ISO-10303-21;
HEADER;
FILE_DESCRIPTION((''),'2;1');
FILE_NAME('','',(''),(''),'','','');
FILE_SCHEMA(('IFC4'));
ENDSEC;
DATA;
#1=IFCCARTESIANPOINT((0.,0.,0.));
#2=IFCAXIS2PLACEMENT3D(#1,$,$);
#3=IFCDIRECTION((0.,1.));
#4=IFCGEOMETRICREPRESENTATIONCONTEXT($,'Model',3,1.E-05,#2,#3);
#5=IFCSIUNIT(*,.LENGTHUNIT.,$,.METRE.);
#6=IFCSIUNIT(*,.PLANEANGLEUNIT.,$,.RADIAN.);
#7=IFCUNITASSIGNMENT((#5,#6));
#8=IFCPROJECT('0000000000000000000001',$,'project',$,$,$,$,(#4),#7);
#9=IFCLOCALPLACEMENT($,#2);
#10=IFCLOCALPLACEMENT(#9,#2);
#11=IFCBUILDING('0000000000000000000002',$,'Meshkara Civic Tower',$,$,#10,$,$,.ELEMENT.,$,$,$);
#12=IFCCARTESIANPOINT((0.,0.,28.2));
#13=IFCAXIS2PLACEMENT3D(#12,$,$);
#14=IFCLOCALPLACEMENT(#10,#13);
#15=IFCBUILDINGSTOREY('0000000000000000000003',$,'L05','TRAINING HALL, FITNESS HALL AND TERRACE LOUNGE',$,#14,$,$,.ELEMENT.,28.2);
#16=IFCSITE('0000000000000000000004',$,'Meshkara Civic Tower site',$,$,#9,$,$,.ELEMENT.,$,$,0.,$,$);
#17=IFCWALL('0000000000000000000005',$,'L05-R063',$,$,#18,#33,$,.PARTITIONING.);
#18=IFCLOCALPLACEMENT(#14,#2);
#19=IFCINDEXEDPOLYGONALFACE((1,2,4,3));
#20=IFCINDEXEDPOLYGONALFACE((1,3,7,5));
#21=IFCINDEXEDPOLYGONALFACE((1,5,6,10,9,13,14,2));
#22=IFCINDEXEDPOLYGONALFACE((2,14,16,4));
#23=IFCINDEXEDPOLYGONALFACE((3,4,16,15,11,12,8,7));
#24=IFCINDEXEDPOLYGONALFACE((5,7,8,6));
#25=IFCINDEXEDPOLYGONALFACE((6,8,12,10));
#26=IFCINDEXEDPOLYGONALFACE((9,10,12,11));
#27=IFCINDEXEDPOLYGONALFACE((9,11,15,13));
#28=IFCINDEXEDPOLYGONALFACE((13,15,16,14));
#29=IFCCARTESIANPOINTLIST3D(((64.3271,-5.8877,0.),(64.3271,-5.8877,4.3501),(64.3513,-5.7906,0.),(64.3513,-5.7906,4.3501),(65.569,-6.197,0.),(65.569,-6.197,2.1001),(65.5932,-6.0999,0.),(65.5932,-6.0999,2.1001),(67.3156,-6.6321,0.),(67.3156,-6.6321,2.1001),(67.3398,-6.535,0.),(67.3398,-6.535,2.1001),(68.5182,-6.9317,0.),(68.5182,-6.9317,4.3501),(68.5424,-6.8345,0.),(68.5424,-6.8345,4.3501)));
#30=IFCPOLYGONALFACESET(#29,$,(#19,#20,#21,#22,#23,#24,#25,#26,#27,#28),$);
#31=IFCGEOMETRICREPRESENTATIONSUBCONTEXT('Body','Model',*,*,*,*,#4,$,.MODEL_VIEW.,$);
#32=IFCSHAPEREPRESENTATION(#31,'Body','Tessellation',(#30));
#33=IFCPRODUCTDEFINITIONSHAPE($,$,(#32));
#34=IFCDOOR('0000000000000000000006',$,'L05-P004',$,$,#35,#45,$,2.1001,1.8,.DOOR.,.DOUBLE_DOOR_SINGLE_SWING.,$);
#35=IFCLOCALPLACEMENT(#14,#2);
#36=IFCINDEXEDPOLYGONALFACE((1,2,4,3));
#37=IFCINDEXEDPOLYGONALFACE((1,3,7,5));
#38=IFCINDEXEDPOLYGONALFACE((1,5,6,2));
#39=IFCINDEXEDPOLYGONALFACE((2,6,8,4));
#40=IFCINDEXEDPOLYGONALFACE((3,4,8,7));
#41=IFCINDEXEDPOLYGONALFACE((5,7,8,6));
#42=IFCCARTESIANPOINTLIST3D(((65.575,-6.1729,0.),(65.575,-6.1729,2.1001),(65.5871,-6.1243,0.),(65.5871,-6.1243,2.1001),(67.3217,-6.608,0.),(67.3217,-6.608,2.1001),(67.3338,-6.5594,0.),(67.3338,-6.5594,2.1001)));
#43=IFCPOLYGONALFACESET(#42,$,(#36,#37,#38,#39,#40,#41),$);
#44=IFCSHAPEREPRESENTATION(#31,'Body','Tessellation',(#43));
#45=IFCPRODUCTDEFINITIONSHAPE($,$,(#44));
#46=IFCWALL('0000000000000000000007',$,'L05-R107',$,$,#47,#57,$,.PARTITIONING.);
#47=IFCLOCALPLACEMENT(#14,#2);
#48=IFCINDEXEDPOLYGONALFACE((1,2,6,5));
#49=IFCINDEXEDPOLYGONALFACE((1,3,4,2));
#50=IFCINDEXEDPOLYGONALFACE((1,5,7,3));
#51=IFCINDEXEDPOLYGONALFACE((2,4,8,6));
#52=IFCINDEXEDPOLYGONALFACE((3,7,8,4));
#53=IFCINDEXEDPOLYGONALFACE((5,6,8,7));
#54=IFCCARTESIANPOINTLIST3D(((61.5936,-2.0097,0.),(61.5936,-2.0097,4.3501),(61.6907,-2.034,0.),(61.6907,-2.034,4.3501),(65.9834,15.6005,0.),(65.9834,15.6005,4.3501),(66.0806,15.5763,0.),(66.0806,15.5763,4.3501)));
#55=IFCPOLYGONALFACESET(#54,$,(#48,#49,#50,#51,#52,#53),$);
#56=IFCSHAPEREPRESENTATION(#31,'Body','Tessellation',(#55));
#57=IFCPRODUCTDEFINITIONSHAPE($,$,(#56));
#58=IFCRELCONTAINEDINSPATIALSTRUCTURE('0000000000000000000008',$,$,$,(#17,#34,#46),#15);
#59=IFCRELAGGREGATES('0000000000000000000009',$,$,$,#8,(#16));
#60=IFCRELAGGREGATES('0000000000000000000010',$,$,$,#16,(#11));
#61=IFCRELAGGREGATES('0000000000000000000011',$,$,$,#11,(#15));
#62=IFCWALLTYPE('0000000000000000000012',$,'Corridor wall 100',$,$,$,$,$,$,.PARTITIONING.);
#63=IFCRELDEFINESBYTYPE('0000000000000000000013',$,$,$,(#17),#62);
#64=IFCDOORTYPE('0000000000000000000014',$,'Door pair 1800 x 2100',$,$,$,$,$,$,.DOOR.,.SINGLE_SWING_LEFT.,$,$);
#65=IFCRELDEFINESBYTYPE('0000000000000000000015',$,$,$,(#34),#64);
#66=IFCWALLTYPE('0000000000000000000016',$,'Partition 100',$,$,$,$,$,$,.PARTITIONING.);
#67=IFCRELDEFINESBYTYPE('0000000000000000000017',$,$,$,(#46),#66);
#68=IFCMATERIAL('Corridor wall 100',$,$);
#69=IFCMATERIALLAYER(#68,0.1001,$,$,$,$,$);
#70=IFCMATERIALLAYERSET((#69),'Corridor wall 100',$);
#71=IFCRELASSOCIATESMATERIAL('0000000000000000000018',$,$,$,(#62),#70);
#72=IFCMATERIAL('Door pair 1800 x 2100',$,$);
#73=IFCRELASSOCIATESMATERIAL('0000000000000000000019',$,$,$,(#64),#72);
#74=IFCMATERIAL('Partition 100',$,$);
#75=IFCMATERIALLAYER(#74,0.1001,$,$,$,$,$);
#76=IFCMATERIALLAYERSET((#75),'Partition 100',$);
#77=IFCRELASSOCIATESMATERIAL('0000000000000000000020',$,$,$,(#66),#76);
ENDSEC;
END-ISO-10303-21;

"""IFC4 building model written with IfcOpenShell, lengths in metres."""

from ifc_helpers import new_model, si_unit, direction, frame, frame_2d, origin, place, context, subcontext, project, spatial, rectangle, extrude, material, layer, layer_set, type_object, element, fill, save


model = new_model("IFC4")

# Units and contexts
model_context = context("Model", 3, precision=1e-05, world=origin(), true_north=direction((0.0, 1.0)))
body_context = subcontext(model_context, "Body", "Model", "MODEL_VIEW")
ifc_project = project(units=[si_unit("LENGTHUNIT", "METRE"), si_unit("PLANEANGLEUNIT", "RADIAN")], contexts=[model_context])

# Site, building, storey
site_placement = place(None, origin())
site = spatial("IfcSite", under=ifc_project, at=site_placement, Name="Meshkara Civic Tower site", CompositionType="ELEMENT", RefElevation=0.0)
building_placement = place(site_placement, origin())
building = spatial("IfcBuilding", under=site, at=building_placement, Name="Meshkara Civic Tower", CompositionType="ELEMENT")
storey_placement = place(building_placement, frame((0.0, 0.0, 28.2)))
storey = spatial("IfcBuildingStorey", under=building, at=storey_placement, Name="L05", Description="TRAINING HALL, FITNESS HALL AND TERRACE LOUNGE", CompositionType="ELEMENT", Elevation=28.2)

# Shared definitions
ifc_material_1 = material(Name="Corridor wall 100")
ifc_layer_1 = layer(ifc_material_1, 0.1001)
ifc_layer_set_1 = layer_set([ifc_layer_1], Name="Corridor wall 100")
wall_type_1 = type_object("IfcWallType", Name="Corridor wall 100", PredefinedType="PARTITIONING", material=ifc_layer_set_1)

# Wall, opening, door
wall_1_placement = place(storey_placement, frame((64.3391, -5.8391, 0.0), z_axis=(0.0, 0.0, 1.0), x_axis=(0.970348, -0.241711, 0.0)))
wall_1 = element("IfcWall", 1, at=wall_1_placement, inside=storey, type_object=wall_type_1, Name="L05-R063", PredefinedType="PARTITIONING", context=body_context, shape_type="SweptSolid", body=[
    extrude(rectangle(XDim=4.3191, YDim=0.1001, at=frame_2d((2.1597, 0.0))), origin(), (0.0, 0.0, 1.0), 4.3501),
])
opening_1_placement = place(wall_1_placement, frame((1.28, 0.0, 0.0)))
opening_1 = element("IfcOpeningElement", 2, at=opening_1_placement, cuts=wall_1, PredefinedType="OPENING", context=body_context, shape_type="SweptSolid", body=[
    extrude(rectangle(XDim=1.8, YDim=2.1001, at=frame_2d((0.8999, 1.05))), frame((0.0, 0.0601, 0.0), z_axis=(0.0, -1.0, 0.0), x_axis=(1.0, 0.0, 0.0)), (0.0, 0.0, 1.0), 0.1201),
])
ifc_material_2 = material(Name="Door pair 1800 x 2100")
door_type_1 = type_object("IfcDoorType", Name="Door pair 1800 x 2100", OperationType="SINGLE_SWING_LEFT", PredefinedType="DOOR", material=ifc_material_2)
door_1_placement = place(opening_1_placement, origin())
door_1 = element("IfcDoor", 3, at=door_1_placement, inside=storey, type_object=door_type_1, Name="L05-P004", OperationType="DOUBLE_DOOR_SINGLE_SWING", OverallHeight=2.1001, OverallWidth=1.8, PredefinedType="DOOR", context=body_context, shape_type="SweptSolid", body=[
    extrude(rectangle(XDim=1.8, YDim=2.1001, at=frame_2d((0.8999, 1.05))), frame((0.0, 0.0249, 0.0), z_axis=(0.0, -1.0, 0.0), x_axis=(1.0, 0.0, 0.0)), (0.0, 0.0, 1.0), 0.05),
])
fill(opening_1, door_1)

# Wall
ifc_material_3 = material(Name="Partition 100")
ifc_layer_2 = layer(ifc_material_3, 0.1001)
ifc_layer_set_2 = layer_set([ifc_layer_2], Name="Partition 100")
wall_type_2 = type_object("IfcWallType", Name="Partition 100", PredefinedType="PARTITIONING", material=ifc_layer_set_2)
wall_2_placement = place(storey_placement, frame((61.6421, -2.022, 0.0), z_axis=(0.0, 0.0, 1.0), x_axis=(0.241877, 0.970307, 0.0)))
element("IfcWall", 4, at=wall_2_placement, inside=storey, type_object=wall_type_2, Name="L05-R107", PredefinedType="PARTITIONING", context=body_context, shape_type="SweptSolid", body=[
    extrude(rectangle(XDim=18.1492, YDim=0.1001, at=frame_2d((9.0747, 0.0))), origin(), (0.0, 0.0, 1.0), 4.3501),
])

save(model, "model.ifc")
